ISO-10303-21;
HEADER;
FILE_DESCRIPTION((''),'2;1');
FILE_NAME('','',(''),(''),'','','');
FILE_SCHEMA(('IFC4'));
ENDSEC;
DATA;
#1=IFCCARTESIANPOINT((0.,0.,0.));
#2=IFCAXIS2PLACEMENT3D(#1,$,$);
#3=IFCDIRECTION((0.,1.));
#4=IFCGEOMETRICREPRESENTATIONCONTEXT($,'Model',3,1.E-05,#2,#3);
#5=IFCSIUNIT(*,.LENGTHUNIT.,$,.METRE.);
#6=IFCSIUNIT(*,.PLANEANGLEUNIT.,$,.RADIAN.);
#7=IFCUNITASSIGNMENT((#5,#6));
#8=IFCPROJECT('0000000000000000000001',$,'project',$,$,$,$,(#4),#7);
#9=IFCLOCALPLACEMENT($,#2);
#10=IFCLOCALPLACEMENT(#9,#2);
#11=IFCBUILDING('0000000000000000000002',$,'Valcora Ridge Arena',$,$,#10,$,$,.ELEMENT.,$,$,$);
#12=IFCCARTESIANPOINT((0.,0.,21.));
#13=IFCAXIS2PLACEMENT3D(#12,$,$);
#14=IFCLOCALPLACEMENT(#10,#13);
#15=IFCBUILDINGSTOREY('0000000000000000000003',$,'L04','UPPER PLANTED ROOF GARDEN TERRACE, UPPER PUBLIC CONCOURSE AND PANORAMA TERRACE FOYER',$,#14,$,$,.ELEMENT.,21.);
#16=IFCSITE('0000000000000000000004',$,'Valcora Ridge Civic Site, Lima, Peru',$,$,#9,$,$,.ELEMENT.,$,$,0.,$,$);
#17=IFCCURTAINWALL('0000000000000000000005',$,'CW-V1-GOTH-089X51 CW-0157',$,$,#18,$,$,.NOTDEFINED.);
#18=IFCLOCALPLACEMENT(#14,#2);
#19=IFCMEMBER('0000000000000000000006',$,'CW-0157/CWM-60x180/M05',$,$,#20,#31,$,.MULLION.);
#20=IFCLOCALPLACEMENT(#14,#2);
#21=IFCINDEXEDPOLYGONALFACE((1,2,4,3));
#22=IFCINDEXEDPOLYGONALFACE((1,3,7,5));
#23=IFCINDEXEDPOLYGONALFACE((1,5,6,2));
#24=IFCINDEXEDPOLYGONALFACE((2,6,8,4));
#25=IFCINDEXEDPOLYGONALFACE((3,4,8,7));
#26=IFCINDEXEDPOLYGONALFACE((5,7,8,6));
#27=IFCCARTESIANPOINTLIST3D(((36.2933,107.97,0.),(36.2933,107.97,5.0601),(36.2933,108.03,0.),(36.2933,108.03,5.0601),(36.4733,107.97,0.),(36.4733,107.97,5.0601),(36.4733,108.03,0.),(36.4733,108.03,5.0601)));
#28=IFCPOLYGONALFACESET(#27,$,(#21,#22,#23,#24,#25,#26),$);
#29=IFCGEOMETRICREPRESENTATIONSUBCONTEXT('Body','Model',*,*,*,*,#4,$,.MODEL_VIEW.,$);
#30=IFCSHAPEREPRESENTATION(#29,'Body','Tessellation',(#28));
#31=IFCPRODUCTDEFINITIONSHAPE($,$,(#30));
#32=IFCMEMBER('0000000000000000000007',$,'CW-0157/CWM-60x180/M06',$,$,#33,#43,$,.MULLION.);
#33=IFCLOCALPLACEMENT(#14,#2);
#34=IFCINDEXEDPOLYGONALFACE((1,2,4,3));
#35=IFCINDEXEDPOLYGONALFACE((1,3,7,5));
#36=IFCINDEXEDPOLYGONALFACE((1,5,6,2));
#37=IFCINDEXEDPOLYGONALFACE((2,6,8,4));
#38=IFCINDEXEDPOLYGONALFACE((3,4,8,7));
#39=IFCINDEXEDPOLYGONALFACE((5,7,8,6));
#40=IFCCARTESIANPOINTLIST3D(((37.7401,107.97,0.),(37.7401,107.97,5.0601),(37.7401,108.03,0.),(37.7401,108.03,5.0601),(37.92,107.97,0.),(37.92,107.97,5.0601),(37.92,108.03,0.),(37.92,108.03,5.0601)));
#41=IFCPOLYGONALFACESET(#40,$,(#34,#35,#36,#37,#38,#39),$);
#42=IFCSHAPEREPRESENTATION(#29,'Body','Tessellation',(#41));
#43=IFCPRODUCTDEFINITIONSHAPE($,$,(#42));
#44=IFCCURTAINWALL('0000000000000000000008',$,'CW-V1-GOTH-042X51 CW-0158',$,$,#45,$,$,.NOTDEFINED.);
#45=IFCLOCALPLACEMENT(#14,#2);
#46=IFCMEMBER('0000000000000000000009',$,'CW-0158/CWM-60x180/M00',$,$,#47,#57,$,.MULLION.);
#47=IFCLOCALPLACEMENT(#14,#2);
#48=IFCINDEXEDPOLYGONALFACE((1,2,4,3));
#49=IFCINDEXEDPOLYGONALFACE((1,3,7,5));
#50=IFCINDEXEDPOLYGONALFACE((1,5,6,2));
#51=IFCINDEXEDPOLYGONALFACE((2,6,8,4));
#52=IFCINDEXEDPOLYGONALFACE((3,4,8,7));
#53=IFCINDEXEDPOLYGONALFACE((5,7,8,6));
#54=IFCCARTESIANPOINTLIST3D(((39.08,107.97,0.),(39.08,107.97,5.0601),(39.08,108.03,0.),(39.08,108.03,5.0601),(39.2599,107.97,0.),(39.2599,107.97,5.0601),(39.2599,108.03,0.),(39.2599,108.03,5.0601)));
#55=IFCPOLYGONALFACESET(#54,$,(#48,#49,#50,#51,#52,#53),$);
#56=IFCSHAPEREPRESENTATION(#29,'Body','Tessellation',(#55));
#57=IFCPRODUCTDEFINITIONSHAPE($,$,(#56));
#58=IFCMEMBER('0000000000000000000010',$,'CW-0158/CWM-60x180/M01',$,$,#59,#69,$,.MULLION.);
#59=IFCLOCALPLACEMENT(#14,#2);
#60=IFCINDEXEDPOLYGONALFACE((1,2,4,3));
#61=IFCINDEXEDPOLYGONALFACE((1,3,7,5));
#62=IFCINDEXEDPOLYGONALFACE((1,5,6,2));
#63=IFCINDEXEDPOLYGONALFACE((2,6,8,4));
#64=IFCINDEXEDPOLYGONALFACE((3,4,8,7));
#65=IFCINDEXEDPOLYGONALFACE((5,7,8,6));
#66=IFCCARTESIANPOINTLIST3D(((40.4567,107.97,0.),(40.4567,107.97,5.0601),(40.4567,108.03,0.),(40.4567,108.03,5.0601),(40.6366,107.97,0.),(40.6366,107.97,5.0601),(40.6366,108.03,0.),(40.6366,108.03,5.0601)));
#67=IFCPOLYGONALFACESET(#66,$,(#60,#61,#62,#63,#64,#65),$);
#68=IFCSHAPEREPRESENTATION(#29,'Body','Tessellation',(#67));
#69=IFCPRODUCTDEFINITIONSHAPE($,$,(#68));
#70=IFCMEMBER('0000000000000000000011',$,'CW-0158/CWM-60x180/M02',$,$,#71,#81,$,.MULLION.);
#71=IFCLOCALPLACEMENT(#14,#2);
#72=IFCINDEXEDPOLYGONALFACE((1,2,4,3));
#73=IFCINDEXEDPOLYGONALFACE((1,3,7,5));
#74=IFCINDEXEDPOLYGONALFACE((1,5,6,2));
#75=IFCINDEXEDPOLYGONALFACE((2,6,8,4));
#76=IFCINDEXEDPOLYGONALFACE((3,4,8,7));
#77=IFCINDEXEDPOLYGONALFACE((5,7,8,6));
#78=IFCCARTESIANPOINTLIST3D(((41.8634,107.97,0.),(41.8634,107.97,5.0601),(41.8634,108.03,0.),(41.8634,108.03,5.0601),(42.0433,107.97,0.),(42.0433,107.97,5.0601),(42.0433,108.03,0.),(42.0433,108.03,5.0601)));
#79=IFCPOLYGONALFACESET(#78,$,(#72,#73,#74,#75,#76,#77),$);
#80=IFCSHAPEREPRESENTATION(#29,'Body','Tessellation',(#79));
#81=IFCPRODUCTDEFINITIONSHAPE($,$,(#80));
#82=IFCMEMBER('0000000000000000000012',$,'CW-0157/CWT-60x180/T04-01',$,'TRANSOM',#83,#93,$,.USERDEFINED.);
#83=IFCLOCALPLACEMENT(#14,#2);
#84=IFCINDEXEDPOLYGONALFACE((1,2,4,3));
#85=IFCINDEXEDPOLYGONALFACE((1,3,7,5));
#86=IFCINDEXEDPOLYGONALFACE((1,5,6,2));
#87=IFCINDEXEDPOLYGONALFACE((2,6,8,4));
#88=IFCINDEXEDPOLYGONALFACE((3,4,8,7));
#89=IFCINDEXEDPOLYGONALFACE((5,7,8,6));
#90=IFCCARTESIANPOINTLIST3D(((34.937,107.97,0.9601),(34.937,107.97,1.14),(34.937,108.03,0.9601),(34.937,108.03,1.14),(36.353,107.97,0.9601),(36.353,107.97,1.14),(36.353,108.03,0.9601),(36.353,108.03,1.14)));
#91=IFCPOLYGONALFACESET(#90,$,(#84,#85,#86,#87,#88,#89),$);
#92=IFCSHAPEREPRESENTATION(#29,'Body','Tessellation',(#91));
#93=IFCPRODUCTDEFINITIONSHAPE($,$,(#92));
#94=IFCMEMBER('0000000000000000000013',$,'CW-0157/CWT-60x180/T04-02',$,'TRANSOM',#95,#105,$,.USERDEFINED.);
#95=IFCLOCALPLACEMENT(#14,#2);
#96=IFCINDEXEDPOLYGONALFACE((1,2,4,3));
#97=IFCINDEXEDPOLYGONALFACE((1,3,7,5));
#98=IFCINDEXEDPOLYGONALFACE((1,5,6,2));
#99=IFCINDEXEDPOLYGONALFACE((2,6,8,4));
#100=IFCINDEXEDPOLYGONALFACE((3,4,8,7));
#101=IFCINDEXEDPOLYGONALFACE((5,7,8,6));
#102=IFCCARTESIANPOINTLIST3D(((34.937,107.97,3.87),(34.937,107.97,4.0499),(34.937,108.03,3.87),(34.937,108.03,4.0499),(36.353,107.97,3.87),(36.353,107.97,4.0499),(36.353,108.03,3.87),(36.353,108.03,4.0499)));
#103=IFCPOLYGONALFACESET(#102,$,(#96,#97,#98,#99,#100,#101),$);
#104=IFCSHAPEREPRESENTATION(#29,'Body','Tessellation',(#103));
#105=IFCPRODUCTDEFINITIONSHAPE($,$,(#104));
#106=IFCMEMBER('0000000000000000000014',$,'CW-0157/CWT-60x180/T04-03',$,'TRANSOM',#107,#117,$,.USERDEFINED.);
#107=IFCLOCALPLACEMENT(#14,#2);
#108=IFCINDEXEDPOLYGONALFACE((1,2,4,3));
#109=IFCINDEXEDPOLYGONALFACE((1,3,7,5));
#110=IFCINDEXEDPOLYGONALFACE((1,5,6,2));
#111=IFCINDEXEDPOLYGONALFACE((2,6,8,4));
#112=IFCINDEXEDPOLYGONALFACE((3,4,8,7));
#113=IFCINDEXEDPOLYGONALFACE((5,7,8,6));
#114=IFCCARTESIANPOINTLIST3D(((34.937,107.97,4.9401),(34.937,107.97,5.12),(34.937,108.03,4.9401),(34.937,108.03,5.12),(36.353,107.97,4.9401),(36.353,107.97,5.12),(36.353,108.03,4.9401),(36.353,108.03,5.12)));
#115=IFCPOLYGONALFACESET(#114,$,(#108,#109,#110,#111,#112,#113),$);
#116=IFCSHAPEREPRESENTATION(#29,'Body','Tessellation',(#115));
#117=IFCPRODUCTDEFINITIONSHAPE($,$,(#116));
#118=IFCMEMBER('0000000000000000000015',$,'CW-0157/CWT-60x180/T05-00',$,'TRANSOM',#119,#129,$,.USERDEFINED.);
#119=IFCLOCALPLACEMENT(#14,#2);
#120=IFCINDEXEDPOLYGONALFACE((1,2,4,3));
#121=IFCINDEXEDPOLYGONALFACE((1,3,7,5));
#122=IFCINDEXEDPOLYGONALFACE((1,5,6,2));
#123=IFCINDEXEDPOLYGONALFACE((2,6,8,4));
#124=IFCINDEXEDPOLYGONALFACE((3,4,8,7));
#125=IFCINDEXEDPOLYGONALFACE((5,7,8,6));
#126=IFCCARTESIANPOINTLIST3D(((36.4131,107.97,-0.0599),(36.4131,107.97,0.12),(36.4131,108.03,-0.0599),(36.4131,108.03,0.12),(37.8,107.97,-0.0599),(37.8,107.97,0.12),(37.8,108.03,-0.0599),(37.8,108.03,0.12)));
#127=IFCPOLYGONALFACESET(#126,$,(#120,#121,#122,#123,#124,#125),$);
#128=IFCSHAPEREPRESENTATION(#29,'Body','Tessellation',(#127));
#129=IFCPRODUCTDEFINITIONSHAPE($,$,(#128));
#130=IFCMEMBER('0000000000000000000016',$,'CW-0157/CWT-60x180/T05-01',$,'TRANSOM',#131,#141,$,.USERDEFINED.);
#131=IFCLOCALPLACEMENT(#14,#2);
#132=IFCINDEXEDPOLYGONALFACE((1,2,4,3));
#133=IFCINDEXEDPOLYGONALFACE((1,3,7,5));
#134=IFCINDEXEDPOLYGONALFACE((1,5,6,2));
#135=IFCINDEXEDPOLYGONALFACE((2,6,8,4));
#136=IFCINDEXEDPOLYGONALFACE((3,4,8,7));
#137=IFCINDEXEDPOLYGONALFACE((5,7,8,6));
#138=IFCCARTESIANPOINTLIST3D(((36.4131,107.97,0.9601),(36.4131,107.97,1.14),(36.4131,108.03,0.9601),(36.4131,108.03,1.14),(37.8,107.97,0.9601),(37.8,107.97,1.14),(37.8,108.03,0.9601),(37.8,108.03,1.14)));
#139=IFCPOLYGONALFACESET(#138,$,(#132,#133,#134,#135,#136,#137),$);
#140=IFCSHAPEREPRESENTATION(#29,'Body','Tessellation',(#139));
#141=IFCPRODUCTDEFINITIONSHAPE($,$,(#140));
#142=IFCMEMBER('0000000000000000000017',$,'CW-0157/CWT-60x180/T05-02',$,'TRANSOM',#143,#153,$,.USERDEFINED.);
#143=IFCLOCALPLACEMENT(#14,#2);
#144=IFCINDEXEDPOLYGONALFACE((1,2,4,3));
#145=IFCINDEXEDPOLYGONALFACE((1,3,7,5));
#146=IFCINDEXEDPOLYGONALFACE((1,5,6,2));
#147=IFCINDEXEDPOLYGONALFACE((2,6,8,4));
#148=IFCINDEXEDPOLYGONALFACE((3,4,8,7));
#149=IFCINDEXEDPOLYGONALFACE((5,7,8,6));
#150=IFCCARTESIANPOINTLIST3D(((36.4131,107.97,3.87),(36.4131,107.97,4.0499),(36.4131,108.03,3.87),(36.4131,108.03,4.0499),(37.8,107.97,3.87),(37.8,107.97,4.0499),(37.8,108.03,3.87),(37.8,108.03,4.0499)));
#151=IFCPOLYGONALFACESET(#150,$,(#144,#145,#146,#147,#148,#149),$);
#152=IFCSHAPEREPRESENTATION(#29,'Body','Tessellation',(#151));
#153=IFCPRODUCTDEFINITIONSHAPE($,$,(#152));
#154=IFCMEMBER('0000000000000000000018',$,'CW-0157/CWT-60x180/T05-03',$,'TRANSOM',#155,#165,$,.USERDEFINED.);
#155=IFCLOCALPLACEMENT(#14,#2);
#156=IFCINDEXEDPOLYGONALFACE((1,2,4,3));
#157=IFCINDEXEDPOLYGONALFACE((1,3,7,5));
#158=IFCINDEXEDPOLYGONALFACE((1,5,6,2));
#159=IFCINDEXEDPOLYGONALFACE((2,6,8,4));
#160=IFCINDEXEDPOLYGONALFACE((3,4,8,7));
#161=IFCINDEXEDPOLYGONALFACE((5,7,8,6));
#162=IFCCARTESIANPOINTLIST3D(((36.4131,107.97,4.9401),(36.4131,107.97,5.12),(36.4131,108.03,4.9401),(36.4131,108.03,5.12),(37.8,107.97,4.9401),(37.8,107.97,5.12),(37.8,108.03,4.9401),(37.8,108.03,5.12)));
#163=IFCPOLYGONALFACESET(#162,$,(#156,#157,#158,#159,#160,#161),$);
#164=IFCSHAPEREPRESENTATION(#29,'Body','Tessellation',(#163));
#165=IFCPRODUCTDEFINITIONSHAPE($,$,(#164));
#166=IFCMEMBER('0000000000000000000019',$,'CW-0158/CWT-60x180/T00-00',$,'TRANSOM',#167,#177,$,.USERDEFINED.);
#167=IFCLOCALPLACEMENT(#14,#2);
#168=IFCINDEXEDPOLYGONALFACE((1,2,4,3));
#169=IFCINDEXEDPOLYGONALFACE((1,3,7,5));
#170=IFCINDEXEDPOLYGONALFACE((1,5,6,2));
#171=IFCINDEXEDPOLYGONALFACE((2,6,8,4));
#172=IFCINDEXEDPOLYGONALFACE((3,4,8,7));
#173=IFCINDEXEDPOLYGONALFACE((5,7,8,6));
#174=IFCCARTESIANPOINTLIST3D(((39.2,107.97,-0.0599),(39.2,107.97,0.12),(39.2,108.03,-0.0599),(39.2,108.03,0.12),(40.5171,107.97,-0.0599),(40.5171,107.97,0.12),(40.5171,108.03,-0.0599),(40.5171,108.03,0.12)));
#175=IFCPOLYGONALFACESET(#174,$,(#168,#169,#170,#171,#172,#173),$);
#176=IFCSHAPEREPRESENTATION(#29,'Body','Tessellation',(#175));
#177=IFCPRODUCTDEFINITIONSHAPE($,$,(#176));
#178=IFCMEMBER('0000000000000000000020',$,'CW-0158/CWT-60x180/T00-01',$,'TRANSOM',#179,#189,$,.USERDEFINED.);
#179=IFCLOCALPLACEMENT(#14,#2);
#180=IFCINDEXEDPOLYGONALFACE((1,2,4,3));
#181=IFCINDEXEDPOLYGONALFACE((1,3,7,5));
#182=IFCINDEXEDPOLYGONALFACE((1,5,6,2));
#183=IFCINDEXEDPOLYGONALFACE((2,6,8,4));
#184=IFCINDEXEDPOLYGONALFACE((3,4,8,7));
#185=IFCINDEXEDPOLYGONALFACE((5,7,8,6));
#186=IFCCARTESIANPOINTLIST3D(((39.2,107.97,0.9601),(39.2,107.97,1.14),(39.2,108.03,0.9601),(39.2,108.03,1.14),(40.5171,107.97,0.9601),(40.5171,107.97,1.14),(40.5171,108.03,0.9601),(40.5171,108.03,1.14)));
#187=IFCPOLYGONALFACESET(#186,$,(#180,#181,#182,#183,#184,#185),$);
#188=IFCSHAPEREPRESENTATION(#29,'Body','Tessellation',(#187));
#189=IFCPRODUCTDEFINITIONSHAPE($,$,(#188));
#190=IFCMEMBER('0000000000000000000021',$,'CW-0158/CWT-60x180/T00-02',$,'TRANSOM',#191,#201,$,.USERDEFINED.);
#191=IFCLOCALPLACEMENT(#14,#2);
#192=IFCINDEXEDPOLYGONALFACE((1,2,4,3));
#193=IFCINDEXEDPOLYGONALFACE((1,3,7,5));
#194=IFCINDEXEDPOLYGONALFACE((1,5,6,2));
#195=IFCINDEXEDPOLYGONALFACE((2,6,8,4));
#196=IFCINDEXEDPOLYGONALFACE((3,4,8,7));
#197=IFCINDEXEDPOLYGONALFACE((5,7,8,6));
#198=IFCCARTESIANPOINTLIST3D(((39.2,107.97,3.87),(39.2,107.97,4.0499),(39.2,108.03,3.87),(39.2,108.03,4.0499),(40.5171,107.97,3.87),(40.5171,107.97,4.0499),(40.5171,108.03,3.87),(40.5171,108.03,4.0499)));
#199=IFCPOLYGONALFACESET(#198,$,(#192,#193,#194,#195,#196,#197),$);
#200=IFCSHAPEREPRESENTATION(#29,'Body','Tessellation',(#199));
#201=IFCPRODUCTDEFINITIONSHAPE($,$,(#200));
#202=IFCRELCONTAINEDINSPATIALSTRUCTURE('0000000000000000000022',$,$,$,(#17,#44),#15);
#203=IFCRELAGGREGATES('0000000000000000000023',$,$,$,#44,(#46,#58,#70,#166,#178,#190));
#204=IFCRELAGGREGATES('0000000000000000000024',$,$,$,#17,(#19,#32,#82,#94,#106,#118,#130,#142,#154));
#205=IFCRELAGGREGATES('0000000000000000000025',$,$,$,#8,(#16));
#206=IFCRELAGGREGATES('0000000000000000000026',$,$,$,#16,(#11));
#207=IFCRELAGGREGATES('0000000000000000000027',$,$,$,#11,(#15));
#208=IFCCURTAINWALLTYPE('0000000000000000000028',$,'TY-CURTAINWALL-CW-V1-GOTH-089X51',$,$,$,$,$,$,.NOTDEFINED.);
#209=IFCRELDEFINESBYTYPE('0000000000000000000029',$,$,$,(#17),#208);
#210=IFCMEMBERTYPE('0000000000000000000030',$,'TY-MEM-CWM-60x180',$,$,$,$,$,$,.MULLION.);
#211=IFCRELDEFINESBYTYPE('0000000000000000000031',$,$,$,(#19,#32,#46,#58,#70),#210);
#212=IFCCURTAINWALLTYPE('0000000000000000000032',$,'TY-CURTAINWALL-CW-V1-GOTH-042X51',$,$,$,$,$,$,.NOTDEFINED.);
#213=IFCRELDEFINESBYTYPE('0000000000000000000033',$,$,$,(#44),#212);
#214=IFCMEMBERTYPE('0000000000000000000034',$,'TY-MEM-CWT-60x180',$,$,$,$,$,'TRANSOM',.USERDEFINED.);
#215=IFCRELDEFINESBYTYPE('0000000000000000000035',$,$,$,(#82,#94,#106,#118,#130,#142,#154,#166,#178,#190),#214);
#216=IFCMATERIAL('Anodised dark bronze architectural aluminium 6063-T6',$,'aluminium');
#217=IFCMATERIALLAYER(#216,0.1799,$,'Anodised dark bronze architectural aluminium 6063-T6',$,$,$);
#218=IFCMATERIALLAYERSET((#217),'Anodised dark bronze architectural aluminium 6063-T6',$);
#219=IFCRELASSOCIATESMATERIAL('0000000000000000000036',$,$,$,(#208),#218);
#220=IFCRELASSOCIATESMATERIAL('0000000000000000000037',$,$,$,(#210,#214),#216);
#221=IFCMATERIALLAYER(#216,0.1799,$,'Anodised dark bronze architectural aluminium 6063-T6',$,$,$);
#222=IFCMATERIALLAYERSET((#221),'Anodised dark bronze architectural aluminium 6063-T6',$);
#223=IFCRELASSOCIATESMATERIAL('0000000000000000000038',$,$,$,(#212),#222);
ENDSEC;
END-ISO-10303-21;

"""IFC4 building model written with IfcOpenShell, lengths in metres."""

from ifc_helpers import new_model, si_unit, direction, frame, origin, origin_2d, place, context, subcontext, project, spatial, rectangle, extrude, material, layer, layer_set, material_profile, profile_set, type_object, element, aggregate, save


model = new_model("IFC4")

# Units and contexts
model_context = context("Model", 3, precision=1e-05, world=origin(), true_north=direction((0.0, 1.0)))
body_context = subcontext(model_context, "Body", "Model", "MODEL_VIEW")
ifc_project = project(units=[si_unit("LENGTHUNIT", "METRE"), si_unit("PLANEANGLEUNIT", "RADIAN")], contexts=[model_context])

# Site, building, storey
site_placement = place(None, origin())
site = spatial("IfcSite", under=ifc_project, at=site_placement, Name="Valcora Ridge Civic Site, Lima, Peru", CompositionType="ELEMENT", RefElevation=0.0)
building_placement = place(site_placement, origin())
building = spatial("IfcBuilding", under=site, at=building_placement, Name="Valcora Ridge Arena", CompositionType="ELEMENT")
storey_placement = place(building_placement, frame((0.0, 0.0, 21.0)))
storey = spatial("IfcBuildingStorey", under=building, at=storey_placement, Name="L04", Description="UPPER PLANTED ROOF GARDEN TERRACE, UPPER PUBLIC CONCOURSE AND PANORAMA TERRACE FOYER", CompositionType="ELEMENT", Elevation=21.0)

# Curtain walls, members
ifc_material_1 = material(Name="Anodised dark bronze architectural aluminium 6063-T6", Category="aluminium")
ifc_layer_1 = layer(ifc_material_1, 0.1799, Name="Anodised dark bronze architectural aluminium 6063-T6")
ifc_layer_set_1 = layer_set([ifc_layer_1], Name="Anodised dark bronze architectural aluminium 6063-T6")
curtain_wall_type_1 = type_object("IfcCurtainWallType", Name="TY-CURTAINWALL-CW-V1-GOTH-089X51", PredefinedType="NOTDEFINED", material=ifc_layer_set_1)
curtain_wall_1_placement = place(storey_placement, origin())
curtain_wall_1 = element("IfcCurtainWall", 1, at=curtain_wall_1_placement, inside=storey, type_object=curtain_wall_type_1, Name="CW-V1-GOTH-089X51 CW-0157", PredefinedType="NOTDEFINED")
ifc_material_profile_1 = material_profile(ifc_material_1, rectangle(XDim=0.0601, YDim=0.1799, at=origin_2d()), Name="ALU MULLION 60x180")
ifc_profile_set_1 = profile_set([ifc_material_profile_1], Name="Anodised dark bronze architectural aluminium 6063-T6")
member_type_1 = type_object("IfcMemberType", Name="TY-MEM-CWM-60x180", PredefinedType="MULLION", material=ifc_profile_set_1)
member_1_placement = place(storey_placement, frame((36.3833, 108.0, 0.0), z_axis=(0.0, 0.0, 1.0), x_axis=(0.0, 1.0, 0.0)))
member_1 = element("IfcMember", 2, at=member_1_placement, type_object=member_type_1, Name="CW-0157/CWM-60x180/M05", PredefinedType="MULLION", context=body_context, shape_type="SweptSolid", body=[
    extrude(rectangle(XDim=0.0601, YDim=0.1799, at=origin_2d()), origin(), (0.0, 0.0, 1.0), 5.0601),
])
member_2_placement = place(storey_placement, frame((37.8301, 108.0, 0.0), z_axis=(0.0, 0.0, 1.0), x_axis=(0.0, 1.0, 0.0)))
member_2 = element("IfcMember", 3, at=member_2_placement, type_object=member_type_1, Name="CW-0157/CWM-60x180/M06", PredefinedType="MULLION", context=body_context, shape_type="SweptSolid", body=[
    extrude(rectangle(XDim=0.0601, YDim=0.1799, at=origin_2d()), origin(), (0.0, 0.0, 1.0), 5.0601),
])
ifc_layer_2 = layer(ifc_material_1, 0.1799, Name="Anodised dark bronze architectural aluminium 6063-T6")
ifc_layer_set_2 = layer_set([ifc_layer_2], Name="Anodised dark bronze architectural aluminium 6063-T6")
curtain_wall_type_2 = type_object("IfcCurtainWallType", Name="TY-CURTAINWALL-CW-V1-GOTH-042X51", PredefinedType="NOTDEFINED", material=ifc_layer_set_2)
curtain_wall_2_placement = place(storey_placement, origin())
curtain_wall_2 = element("IfcCurtainWall", 4, at=curtain_wall_2_placement, inside=storey, type_object=curtain_wall_type_2, Name="CW-V1-GOTH-042X51 CW-0158", PredefinedType="NOTDEFINED")
member_3_placement = place(storey_placement, frame((39.1699, 108.0, 0.0), z_axis=(0.0, 0.0, 1.0), x_axis=(0.0, 1.0, 0.0)))
member_3 = element("IfcMember", 5, at=member_3_placement, type_object=member_type_1, Name="CW-0158/CWM-60x180/M00", PredefinedType="MULLION", context=body_context, shape_type="SweptSolid", body=[
    extrude(rectangle(XDim=0.0601, YDim=0.1799, at=origin_2d()), origin(), (0.0, 0.0, 1.0), 5.0601),
])
member_4_placement = place(storey_placement, frame((40.5466, 108.0, 0.0), z_axis=(0.0, 0.0, 1.0), x_axis=(0.0, 1.0, 0.0)))
member_4 = element("IfcMember", 6, at=member_4_placement, type_object=member_type_1, Name="CW-0158/CWM-60x180/M01", PredefinedType="MULLION", context=body_context, shape_type="SweptSolid", body=[
    extrude(rectangle(XDim=0.0601, YDim=0.1799, at=origin_2d()), origin(), (0.0, 0.0, 1.0), 5.0601),
])
member_5_placement = place(storey_placement, frame((41.9534, 108.0, 0.0), z_axis=(0.0, 0.0, 1.0), x_axis=(0.0, 1.0, 0.0)))
member_5 = element("IfcMember", 7, at=member_5_placement, type_object=member_type_1, Name="CW-0158/CWM-60x180/M02", PredefinedType="MULLION", context=body_context, shape_type="SweptSolid", body=[
    extrude(rectangle(XDim=0.0601, YDim=0.1799, at=origin_2d()), origin(), (0.0, 0.0, 1.0), 5.0601),
])

# Members
ifc_material_profile_2 = material_profile(ifc_material_1, rectangle(XDim=0.0601, YDim=0.1799, at=origin_2d()), Name="ALU TRANSOM 60x180")
ifc_profile_set_2 = profile_set([ifc_material_profile_2], Name="Anodised dark bronze architectural aluminium 6063-T6")
member_type_2 = type_object("IfcMemberType", Name="TY-MEM-CWT-60x180", ElementType="TRANSOM", PredefinedType="USERDEFINED", material=ifc_profile_set_2)
member_6_placement = place(storey_placement, frame((34.937, 108.0, 1.05), z_axis=(1.0, 0.0, 0.0), x_axis=(0.0, 1.0, 0.0)))
member_6 = element("IfcMember", 8, at=member_6_placement, type_object=member_type_2, Name="CW-0157/CWT-60x180/T04-01", ObjectType="TRANSOM", PredefinedType="USERDEFINED", context=body_context, shape_type="SweptSolid", body=[
    extrude(rectangle(XDim=0.0601, YDim=0.1799, at=origin_2d()), origin(), (0.0, 0.0, 1.0), 1.416),
])
member_7_placement = place(storey_placement, frame((34.937, 108.0, 3.96), z_axis=(1.0, 0.0, 0.0), x_axis=(0.0, 1.0, 0.0)))
member_7 = element("IfcMember", 9, at=member_7_placement, type_object=member_type_2, Name="CW-0157/CWT-60x180/T04-02", ObjectType="TRANSOM", PredefinedType="USERDEFINED", context=body_context, shape_type="SweptSolid", body=[
    extrude(rectangle(XDim=0.0601, YDim=0.1799, at=origin_2d()), origin(), (0.0, 0.0, 1.0), 1.416),
])
member_8_placement = place(storey_placement, frame((34.937, 108.0, 5.03), z_axis=(1.0, 0.0, 0.0), x_axis=(0.0, 1.0, 0.0)))
member_8 = element("IfcMember", 10, at=member_8_placement, type_object=member_type_2, Name="CW-0157/CWT-60x180/T04-03", ObjectType="TRANSOM", PredefinedType="USERDEFINED", context=body_context, shape_type="SweptSolid", body=[
    extrude(rectangle(XDim=0.0601, YDim=0.1799, at=origin_2d()), origin(), (0.0, 0.0, 1.0), 1.416),
])
member_9_placement = place(storey_placement, frame((36.4131, 108.0, 0.03), z_axis=(1.0, 0.0, 0.0), x_axis=(0.0, 1.0, 0.0)))
member_9 = element("IfcMember", 11, at=member_9_placement, type_object=member_type_2, Name="CW-0157/CWT-60x180/T05-00", ObjectType="TRANSOM", PredefinedType="USERDEFINED", context=body_context, shape_type="SweptSolid", body=[
    extrude(rectangle(XDim=0.0601, YDim=0.1799, at=origin_2d()), origin(), (0.0, 0.0, 1.0), 1.387),
])
member_10_placement = place(storey_placement, frame((36.4131, 108.0, 1.05), z_axis=(1.0, 0.0, 0.0), x_axis=(0.0, 1.0, 0.0)))
member_10 = element("IfcMember", 12, at=member_10_placement, type_object=member_type_2, Name="CW-0157/CWT-60x180/T05-01", ObjectType="TRANSOM", PredefinedType="USERDEFINED", context=body_context, shape_type="SweptSolid", body=[
    extrude(rectangle(XDim=0.0601, YDim=0.1799, at=origin_2d()), origin(), (0.0, 0.0, 1.0), 1.387),
])
member_11_placement = place(storey_placement, frame((36.4131, 108.0, 3.96), z_axis=(1.0, 0.0, 0.0), x_axis=(0.0, 1.0, 0.0)))
member_11 = element("IfcMember", 13, at=member_11_placement, type_object=member_type_2, Name="CW-0157/CWT-60x180/T05-02", ObjectType="TRANSOM", PredefinedType="USERDEFINED", context=body_context, shape_type="SweptSolid", body=[
    extrude(rectangle(XDim=0.0601, YDim=0.1799, at=origin_2d()), origin(), (0.0, 0.0, 1.0), 1.387),
])
member_12_placement = place(storey_placement, frame((36.4131, 108.0, 5.03), z_axis=(1.0, 0.0, 0.0), x_axis=(0.0, 1.0, 0.0)))
member_12 = element("IfcMember", 14, at=member_12_placement, type_object=member_type_2, Name="CW-0157/CWT-60x180/T05-03", ObjectType="TRANSOM", PredefinedType="USERDEFINED", context=body_context, shape_type="SweptSolid", body=[
    extrude(rectangle(XDim=0.0601, YDim=0.1799, at=origin_2d()), origin(), (0.0, 0.0, 1.0), 1.387),
])
member_13_placement = place(storey_placement, frame((39.2, 108.0, 0.03), z_axis=(1.0, 0.0, 0.0), x_axis=(0.0, 1.0, 0.0)))
member_13 = element("IfcMember", 15, at=member_13_placement, type_object=member_type_2, Name="CW-0158/CWT-60x180/T00-00", ObjectType="TRANSOM", PredefinedType="USERDEFINED", context=body_context, shape_type="SweptSolid", body=[
    extrude(rectangle(XDim=0.0601, YDim=0.1799, at=origin_2d()), origin(), (0.0, 0.0, 1.0), 1.3171),
])
member_14_placement = place(storey_placement, frame((39.2, 108.0, 1.05), z_axis=(1.0, 0.0, 0.0), x_axis=(0.0, 1.0, 0.0)))
member_14 = element("IfcMember", 16, at=member_14_placement, type_object=member_type_2, Name="CW-0158/CWT-60x180/T00-01", ObjectType="TRANSOM", PredefinedType="USERDEFINED", context=body_context, shape_type="SweptSolid", body=[
    extrude(rectangle(XDim=0.0601, YDim=0.1799, at=origin_2d()), origin(), (0.0, 0.0, 1.0), 1.3171),
])
member_15_placement = place(storey_placement, frame((39.2, 108.0, 3.96), z_axis=(1.0, 0.0, 0.0), x_axis=(0.0, 1.0, 0.0)))
member_15 = element("IfcMember", 17, at=member_15_placement, type_object=member_type_2, Name="CW-0158/CWT-60x180/T00-02", ObjectType="TRANSOM", PredefinedType="USERDEFINED", context=body_context, shape_type="SweptSolid", body=[
    extrude(rectangle(XDim=0.0601, YDim=0.1799, at=origin_2d()), origin(), (0.0, 0.0, 1.0), 1.3171),
])

aggregate(curtain_wall_2, [member_3, member_4, member_5, member_13, member_14, member_15])
aggregate(curtain_wall_1, [member_1, member_2, member_6, member_7, member_8, member_9, member_10, member_11, member_12])

save(model, "model.ifc")
